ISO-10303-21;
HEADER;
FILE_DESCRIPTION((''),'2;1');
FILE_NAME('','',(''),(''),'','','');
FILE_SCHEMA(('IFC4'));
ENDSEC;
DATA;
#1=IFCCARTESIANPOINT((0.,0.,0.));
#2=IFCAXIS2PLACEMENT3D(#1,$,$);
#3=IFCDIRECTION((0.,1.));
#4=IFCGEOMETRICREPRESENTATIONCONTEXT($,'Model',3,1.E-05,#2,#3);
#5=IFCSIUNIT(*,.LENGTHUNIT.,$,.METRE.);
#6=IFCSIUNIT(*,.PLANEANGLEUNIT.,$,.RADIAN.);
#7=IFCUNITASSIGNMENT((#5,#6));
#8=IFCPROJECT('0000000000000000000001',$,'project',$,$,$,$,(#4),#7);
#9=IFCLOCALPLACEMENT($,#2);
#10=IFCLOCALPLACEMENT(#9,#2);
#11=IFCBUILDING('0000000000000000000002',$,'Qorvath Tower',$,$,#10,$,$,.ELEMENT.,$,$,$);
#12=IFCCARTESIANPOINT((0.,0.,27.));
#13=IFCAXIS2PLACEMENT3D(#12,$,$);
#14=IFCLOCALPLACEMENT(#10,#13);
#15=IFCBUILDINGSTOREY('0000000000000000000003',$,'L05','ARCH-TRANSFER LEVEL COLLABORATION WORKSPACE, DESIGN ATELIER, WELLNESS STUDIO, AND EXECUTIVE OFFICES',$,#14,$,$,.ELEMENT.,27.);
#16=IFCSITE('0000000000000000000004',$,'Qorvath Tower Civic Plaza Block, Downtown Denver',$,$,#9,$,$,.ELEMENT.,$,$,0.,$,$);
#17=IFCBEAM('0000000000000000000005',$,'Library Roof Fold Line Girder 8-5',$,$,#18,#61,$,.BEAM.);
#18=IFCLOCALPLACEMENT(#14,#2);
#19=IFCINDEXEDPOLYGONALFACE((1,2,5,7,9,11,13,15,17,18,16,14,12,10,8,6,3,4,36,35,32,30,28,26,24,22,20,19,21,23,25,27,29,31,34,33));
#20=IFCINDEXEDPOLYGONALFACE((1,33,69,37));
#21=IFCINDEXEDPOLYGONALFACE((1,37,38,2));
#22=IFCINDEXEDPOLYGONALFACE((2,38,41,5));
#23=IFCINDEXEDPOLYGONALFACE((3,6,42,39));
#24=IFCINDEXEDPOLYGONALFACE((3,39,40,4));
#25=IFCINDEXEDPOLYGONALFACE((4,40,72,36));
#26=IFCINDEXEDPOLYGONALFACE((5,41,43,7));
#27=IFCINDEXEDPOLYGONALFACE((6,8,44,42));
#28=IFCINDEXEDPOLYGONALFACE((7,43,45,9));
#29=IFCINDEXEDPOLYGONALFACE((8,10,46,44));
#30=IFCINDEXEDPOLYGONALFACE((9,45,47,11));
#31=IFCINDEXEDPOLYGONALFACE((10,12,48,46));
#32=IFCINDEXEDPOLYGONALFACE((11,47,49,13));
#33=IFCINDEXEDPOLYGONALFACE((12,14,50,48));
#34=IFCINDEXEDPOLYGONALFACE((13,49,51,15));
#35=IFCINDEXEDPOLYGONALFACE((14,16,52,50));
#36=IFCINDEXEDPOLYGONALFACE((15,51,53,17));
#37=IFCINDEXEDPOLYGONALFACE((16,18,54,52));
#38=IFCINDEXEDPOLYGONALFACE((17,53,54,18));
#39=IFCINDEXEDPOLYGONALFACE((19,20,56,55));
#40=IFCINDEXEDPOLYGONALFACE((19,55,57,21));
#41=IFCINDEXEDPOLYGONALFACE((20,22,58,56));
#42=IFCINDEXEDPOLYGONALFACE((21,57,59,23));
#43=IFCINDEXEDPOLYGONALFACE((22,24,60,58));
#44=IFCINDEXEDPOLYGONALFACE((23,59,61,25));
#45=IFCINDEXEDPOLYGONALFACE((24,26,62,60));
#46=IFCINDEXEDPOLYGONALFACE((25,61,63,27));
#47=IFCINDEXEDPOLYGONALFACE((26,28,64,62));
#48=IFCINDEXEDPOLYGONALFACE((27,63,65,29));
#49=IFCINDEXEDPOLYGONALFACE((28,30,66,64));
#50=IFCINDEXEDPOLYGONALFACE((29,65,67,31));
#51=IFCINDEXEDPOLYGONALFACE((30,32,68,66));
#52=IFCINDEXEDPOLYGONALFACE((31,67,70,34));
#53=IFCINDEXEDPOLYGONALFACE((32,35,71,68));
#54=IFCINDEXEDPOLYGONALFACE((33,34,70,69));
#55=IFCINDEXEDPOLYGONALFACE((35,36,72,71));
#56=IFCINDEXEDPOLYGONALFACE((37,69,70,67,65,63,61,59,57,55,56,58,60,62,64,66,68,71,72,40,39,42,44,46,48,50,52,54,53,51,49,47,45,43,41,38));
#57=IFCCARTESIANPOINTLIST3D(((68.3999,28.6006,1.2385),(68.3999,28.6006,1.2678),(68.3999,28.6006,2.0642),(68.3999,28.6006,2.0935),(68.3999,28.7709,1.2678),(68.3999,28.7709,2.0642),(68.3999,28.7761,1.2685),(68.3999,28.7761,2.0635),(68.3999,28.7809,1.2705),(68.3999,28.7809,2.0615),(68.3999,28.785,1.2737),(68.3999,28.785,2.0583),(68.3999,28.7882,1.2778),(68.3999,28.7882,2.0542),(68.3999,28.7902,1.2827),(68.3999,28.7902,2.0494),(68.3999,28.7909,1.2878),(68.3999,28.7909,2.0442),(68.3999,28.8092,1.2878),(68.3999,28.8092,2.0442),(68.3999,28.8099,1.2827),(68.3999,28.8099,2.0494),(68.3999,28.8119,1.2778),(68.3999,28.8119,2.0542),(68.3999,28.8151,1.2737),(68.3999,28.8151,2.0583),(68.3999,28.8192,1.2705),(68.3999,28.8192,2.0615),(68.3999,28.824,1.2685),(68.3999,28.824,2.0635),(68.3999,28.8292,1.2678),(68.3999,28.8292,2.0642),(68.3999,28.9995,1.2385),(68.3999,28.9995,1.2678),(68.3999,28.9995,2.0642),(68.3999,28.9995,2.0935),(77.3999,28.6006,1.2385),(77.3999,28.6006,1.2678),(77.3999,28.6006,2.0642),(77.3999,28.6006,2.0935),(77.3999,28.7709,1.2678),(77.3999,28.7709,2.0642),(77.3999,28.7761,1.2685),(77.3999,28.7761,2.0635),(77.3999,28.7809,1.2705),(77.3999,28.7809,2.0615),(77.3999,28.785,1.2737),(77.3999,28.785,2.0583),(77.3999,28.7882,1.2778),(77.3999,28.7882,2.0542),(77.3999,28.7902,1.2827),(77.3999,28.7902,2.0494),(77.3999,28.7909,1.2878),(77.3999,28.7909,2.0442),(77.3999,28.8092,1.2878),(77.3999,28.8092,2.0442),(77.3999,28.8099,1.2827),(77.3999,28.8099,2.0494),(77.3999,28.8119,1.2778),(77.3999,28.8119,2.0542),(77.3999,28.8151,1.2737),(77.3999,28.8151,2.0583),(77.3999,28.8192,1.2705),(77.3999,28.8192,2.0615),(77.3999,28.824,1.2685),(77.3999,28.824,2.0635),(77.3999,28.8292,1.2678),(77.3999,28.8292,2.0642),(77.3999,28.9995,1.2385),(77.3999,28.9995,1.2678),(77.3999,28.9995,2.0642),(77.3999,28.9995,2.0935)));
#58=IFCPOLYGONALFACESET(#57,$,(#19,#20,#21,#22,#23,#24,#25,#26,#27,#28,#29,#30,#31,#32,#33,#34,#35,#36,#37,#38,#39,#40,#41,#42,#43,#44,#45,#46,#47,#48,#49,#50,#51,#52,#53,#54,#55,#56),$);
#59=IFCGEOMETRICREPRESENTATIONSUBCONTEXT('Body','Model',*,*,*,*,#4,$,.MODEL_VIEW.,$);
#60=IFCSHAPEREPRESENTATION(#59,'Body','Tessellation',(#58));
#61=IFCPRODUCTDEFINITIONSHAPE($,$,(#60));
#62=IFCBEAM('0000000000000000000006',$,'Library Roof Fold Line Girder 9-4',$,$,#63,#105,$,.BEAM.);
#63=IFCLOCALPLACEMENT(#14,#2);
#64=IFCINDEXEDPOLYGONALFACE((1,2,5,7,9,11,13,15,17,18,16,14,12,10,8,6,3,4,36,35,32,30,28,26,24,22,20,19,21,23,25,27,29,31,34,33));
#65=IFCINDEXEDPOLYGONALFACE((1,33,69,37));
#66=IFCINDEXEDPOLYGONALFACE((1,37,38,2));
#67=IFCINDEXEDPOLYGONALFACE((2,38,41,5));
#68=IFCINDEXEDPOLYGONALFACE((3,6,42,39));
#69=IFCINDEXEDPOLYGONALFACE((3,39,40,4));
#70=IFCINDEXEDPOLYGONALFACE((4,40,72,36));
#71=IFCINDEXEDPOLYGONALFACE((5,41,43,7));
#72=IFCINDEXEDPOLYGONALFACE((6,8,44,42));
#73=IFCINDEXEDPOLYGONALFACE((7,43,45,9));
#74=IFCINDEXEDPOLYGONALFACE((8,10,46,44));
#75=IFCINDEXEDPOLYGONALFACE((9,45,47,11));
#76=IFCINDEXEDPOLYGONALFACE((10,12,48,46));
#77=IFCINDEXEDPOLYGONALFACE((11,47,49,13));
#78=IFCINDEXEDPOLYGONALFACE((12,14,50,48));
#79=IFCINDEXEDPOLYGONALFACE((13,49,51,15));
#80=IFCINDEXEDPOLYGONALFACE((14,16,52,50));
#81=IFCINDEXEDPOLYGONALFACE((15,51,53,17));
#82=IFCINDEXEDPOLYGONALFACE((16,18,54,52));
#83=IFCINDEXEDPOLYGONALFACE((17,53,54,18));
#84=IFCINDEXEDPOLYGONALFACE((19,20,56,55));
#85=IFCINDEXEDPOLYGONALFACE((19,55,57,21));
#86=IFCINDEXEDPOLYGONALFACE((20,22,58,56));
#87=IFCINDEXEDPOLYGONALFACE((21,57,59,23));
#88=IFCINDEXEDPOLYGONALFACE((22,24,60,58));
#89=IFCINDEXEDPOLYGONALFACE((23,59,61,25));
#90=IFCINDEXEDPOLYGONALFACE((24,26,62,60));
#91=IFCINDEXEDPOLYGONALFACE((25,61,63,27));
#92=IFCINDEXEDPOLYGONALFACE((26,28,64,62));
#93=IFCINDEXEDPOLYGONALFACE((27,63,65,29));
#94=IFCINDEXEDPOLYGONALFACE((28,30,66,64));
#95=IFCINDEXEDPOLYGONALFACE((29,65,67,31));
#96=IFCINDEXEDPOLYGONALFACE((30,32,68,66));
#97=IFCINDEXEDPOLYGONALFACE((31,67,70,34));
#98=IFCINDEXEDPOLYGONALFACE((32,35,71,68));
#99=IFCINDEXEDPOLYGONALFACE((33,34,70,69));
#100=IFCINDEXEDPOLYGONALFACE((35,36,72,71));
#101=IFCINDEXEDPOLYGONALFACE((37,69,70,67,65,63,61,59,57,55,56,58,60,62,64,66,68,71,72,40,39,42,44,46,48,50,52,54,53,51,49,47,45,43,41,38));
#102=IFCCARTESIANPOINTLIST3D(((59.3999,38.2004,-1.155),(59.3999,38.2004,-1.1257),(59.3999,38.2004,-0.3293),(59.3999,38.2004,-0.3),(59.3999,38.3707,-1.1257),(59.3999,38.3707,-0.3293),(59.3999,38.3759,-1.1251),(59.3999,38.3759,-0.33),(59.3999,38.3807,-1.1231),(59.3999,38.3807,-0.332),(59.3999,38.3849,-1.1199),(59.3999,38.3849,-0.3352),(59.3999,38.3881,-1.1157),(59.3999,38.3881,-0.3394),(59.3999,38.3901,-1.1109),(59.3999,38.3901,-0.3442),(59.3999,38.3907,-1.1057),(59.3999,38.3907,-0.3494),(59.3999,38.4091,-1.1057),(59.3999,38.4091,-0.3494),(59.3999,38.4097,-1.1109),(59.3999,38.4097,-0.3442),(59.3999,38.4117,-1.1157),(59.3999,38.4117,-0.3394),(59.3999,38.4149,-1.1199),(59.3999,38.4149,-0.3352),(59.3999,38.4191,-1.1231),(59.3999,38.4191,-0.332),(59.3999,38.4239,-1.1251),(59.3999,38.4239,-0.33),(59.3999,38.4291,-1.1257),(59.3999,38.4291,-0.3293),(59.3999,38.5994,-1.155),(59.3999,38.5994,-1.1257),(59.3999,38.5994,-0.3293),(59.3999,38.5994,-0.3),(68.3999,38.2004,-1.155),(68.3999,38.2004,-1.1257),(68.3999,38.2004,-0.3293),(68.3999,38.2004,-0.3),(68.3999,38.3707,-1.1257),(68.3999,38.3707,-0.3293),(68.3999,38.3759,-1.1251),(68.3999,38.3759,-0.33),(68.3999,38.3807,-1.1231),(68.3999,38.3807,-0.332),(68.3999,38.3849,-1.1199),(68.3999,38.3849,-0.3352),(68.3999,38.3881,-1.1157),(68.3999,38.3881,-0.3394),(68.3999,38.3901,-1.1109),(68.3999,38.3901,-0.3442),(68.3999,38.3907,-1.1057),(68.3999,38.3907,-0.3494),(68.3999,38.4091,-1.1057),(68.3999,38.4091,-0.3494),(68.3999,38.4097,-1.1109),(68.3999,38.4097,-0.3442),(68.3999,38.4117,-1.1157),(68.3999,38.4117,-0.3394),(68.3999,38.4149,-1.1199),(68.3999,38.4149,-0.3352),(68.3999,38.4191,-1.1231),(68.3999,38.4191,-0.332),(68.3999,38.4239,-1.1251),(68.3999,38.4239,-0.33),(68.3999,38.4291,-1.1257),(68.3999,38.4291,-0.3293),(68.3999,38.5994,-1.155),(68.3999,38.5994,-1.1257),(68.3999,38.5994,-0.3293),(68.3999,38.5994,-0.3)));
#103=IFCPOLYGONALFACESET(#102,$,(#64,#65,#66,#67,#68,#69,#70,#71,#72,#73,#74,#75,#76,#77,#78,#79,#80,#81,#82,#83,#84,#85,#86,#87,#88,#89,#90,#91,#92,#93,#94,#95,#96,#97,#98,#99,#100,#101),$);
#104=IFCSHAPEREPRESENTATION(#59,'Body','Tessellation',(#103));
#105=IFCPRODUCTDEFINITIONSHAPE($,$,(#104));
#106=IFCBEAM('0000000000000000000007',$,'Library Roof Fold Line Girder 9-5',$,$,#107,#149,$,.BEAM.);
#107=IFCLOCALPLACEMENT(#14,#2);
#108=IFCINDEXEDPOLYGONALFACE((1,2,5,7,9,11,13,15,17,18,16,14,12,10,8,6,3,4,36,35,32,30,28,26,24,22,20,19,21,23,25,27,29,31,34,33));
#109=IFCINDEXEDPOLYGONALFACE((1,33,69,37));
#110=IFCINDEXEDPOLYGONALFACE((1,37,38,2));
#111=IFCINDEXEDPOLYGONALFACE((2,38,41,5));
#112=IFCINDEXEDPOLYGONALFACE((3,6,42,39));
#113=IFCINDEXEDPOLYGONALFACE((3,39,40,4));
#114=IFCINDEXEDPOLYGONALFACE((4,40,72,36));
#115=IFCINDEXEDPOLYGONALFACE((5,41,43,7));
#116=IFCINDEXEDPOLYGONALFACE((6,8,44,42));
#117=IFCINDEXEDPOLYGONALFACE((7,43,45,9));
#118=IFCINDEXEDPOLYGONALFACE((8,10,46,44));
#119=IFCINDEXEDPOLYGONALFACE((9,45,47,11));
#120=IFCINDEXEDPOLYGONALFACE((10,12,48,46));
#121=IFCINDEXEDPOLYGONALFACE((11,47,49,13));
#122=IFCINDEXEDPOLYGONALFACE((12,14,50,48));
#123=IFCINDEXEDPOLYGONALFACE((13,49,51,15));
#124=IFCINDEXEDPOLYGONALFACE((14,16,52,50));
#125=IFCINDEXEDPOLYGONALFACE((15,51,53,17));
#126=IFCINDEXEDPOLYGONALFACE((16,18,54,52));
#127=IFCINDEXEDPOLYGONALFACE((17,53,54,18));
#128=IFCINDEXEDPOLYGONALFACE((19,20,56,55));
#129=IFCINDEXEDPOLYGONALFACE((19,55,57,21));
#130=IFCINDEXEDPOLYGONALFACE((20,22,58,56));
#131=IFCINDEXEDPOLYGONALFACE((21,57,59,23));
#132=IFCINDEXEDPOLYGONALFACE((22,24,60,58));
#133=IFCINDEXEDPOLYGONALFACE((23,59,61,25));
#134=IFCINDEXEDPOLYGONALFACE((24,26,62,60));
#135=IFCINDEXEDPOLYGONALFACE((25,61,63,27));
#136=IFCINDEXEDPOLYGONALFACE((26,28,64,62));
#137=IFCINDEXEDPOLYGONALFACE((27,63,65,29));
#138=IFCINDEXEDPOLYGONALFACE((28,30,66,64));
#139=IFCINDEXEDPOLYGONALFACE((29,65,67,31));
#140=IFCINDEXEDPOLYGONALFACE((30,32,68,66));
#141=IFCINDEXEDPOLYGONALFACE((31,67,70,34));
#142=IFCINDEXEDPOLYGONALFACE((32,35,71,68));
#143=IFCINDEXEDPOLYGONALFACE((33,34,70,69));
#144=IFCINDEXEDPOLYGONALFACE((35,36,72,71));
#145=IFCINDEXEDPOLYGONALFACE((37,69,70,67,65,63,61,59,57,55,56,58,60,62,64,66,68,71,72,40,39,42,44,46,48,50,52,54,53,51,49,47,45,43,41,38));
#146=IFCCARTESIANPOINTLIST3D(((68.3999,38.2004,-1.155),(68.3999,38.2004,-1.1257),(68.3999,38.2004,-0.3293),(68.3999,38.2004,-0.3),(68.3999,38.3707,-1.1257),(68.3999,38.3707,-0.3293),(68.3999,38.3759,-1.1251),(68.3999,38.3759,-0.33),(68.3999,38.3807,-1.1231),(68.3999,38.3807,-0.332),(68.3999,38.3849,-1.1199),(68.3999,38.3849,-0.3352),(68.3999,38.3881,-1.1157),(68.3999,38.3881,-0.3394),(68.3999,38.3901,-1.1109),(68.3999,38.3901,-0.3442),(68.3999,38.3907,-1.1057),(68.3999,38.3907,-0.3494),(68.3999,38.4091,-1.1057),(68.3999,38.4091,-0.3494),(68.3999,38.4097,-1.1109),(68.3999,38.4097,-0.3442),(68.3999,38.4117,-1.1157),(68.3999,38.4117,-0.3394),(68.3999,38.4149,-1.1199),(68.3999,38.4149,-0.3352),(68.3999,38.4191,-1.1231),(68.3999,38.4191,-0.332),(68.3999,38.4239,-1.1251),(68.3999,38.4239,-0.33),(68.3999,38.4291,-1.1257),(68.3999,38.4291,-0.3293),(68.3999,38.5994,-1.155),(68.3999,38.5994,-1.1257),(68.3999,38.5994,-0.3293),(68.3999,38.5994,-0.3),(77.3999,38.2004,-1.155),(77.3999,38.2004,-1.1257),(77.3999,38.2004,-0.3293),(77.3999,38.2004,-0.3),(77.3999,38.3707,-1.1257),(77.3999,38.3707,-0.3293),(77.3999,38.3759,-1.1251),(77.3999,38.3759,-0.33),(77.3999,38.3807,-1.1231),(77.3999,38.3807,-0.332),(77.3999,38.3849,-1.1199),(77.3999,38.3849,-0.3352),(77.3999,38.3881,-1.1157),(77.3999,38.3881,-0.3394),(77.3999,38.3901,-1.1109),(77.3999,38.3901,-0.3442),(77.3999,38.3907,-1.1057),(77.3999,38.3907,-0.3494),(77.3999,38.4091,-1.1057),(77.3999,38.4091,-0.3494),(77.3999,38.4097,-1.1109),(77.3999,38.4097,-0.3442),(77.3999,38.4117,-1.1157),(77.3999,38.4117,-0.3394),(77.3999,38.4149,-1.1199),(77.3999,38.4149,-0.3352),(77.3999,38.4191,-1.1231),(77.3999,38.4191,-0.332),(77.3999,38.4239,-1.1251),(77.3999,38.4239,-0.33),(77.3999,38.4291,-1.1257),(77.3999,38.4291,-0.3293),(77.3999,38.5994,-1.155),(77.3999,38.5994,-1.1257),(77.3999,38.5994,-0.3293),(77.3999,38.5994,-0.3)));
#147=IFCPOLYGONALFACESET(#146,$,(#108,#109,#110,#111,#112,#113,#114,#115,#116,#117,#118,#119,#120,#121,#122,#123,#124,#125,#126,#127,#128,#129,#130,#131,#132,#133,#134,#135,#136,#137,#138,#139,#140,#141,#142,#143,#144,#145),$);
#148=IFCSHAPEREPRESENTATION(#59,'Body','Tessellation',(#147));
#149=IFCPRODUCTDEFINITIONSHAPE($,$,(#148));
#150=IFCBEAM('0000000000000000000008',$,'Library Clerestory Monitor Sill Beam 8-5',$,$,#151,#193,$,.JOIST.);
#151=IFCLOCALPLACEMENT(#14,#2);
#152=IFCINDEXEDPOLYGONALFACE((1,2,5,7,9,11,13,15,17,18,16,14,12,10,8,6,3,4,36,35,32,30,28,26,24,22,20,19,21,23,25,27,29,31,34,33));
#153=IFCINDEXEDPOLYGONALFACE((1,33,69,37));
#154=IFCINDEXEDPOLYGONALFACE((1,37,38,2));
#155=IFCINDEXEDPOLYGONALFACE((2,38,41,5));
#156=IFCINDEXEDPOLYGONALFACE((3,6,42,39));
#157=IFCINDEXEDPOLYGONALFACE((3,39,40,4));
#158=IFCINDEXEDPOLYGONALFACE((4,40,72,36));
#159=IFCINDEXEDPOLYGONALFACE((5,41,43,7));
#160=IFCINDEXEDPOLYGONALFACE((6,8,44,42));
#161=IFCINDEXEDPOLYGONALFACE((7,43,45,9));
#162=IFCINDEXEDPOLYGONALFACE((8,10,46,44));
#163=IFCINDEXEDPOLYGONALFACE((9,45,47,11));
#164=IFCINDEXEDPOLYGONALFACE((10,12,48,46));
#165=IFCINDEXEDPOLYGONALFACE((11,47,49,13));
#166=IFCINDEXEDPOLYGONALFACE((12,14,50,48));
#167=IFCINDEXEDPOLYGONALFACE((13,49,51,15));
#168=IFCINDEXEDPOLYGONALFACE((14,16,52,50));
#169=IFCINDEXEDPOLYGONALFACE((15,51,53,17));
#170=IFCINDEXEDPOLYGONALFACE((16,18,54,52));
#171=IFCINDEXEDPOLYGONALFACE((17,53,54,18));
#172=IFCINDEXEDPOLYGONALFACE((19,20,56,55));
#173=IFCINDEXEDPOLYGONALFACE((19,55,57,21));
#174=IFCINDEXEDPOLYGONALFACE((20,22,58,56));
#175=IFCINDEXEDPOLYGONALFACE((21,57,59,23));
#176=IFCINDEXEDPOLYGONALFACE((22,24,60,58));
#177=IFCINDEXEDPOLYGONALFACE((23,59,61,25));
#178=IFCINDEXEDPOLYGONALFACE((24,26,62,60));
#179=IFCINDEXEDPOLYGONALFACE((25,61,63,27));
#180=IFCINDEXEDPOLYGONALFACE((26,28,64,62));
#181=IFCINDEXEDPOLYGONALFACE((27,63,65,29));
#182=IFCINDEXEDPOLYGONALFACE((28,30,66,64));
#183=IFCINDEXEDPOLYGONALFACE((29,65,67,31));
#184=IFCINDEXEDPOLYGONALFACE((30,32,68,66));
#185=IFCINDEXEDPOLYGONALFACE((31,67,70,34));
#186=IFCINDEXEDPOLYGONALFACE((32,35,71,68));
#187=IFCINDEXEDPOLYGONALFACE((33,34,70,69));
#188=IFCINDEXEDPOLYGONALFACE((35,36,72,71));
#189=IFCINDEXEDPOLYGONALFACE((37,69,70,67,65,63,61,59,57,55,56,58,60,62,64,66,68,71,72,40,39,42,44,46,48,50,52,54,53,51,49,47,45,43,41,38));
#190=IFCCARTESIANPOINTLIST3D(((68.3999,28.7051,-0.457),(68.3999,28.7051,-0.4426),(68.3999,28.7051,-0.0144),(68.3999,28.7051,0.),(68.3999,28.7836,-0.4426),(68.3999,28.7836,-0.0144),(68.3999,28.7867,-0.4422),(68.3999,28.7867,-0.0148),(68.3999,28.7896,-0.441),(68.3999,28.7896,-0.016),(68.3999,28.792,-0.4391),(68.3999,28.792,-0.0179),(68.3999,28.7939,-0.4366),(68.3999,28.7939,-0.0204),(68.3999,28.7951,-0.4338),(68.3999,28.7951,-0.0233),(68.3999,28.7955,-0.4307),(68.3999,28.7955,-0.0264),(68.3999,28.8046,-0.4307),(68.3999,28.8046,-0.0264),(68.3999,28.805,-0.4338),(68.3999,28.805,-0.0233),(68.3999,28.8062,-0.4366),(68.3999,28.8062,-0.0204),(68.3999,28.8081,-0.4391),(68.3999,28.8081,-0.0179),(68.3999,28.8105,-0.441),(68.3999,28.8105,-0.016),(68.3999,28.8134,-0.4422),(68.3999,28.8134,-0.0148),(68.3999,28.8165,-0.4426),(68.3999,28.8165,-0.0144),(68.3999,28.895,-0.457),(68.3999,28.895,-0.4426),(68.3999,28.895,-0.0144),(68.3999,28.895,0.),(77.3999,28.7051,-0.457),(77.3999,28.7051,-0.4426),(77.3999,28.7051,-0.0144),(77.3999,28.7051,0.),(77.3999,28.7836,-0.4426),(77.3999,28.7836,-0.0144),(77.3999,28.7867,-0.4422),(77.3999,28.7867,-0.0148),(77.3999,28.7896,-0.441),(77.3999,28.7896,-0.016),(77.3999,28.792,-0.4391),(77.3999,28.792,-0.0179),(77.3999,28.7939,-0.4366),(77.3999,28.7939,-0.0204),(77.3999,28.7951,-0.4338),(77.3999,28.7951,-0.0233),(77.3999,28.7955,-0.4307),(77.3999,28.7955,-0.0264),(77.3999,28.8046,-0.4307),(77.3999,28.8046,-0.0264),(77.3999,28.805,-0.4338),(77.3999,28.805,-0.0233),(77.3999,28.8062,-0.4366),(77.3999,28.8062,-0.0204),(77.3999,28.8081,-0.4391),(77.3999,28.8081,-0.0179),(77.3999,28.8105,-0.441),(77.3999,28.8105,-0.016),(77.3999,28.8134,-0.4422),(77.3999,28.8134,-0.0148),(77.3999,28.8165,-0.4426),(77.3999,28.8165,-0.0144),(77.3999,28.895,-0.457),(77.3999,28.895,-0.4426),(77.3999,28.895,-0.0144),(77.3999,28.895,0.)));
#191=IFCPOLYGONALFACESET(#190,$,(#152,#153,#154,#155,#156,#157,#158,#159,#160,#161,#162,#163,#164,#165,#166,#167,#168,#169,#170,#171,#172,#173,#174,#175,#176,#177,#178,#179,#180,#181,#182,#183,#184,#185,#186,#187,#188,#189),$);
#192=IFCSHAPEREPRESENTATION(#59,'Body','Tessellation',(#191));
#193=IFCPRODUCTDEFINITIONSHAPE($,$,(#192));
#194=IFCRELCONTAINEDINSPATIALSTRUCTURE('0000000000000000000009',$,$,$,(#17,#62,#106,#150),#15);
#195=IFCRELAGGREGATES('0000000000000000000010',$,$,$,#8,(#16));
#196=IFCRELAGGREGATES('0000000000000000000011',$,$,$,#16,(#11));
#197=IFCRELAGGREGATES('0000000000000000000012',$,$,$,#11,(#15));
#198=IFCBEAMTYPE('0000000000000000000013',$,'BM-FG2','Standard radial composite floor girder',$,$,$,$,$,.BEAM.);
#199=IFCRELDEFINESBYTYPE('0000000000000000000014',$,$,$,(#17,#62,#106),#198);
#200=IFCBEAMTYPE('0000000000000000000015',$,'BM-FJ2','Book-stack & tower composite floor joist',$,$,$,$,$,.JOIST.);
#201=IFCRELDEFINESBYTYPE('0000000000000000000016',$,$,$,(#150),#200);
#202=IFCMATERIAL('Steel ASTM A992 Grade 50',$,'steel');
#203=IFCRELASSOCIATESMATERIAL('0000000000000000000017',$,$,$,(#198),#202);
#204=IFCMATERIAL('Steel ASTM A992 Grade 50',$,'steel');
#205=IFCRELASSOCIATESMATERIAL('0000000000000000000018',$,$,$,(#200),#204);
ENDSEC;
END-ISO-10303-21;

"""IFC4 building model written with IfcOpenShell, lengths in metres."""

from ifc_helpers import new_model, si_unit, direction, frame, origin, origin_2d, place, context, subcontext, project, spatial, i_section, extrude, material, material_profile, profile_set, type_object, element, save


model = new_model("IFC4")

# Units and contexts
model_context = context("Model", 3, precision=1e-05, world=origin(), true_north=direction((0.0, 1.0)))
body_context = subcontext(model_context, "Body", "Model", "MODEL_VIEW")
ifc_project = project(units=[si_unit("LENGTHUNIT", "METRE"), si_unit("PLANEANGLEUNIT", "RADIAN")], contexts=[model_context])

# Site, building, storey
site_placement = place(None, origin())
site = spatial("IfcSite", under=ifc_project, at=site_placement, Name="Qorvath Tower Civic Plaza Block, Downtown Denver", CompositionType="ELEMENT", RefElevation=0.0)
building_placement = place(site_placement, origin())
building = spatial("IfcBuilding", under=site, at=building_placement, Name="Qorvath Tower", CompositionType="ELEMENT")
storey_placement = place(building_placement, frame((0.0, 0.0, 27.0)))
storey = spatial("IfcBuildingStorey", under=building, at=storey_placement, Name="L05", Description="ARCH-TRANSFER LEVEL COLLABORATION WORKSPACE, DESIGN ATELIER, WELLNESS STUDIO, AND EXECUTIVE OFFICES", CompositionType="ELEMENT", Elevation=27.0)

# Beams
ifc_material_1 = material(Name="Steel ASTM A992 Grade 50", Category="steel")
ifc_material_profile_1 = material_profile(ifc_material_1, i_section(OverallWidth=0.3989, OverallDepth=0.855, WebThickness=0.0183, FlangeThickness=0.0293, FilletRadius=0.02, at=origin_2d()), Name="W33x201")
ifc_profile_set_1 = profile_set([ifc_material_profile_1], Name="Steel ASTM A992 Grade 50")
beam_type_1 = type_object("IfcBeamType", Name="BM-FG2", Description="Standard radial composite floor girder", PredefinedType="BEAM", material=ifc_profile_set_1)
for number, where, z_axis, x_axis, name in (
    (1, (68.3999, 28.8, 1.666), (1.0, 0.0, 0.0), (0.0, 1.0, 0.0), "Library Roof Fold Line Girder 8-5"),
    (2, (59.3999, 38.3999, -0.7275), (1.0, 0.0, 0.0), (0.0, 1.0, 0.0), "Library Roof Fold Line Girder 9-4"),
    (3, (68.3999, 38.3999, -0.7275), (1.0, 0.0, 0.0), (0.0, 1.0, 0.0), "Library Roof Fold Line Girder 9-5"),
):
    element("IfcBeam", number, at=place(storey_placement, frame(where, z_axis=z_axis, x_axis=x_axis)), inside=storey, type_object=beam_type_1, Name=name, PredefinedType="BEAM", context=body_context, shape_type="SweptSolid", body=[
        extrude(i_section(OverallWidth=0.3989, OverallDepth=0.855, WebThickness=0.0183, FlangeThickness=0.0293, FilletRadius=0.02, at=origin_2d()), origin(), (0.0, 0.0, 1.0), 9.0),
    ])
ifc_material_2 = material(Name="Steel ASTM A992 Grade 50", Category="steel")
ifc_material_profile_2 = material_profile(ifc_material_2, i_section(OverallWidth=0.1899, OverallDepth=0.457, WebThickness=0.009, FlangeThickness=0.0144, FilletRadius=0.012, at=origin_2d()), Name="W18x50")
ifc_profile_set_2 = profile_set([ifc_material_profile_2], Name="Steel ASTM A992 Grade 50")
beam_type_2 = type_object("IfcBeamType", Name="BM-FJ2", Description="Book-stack & tower composite floor joist", PredefinedType="JOIST", material=ifc_profile_set_2)
beam_placement = place(storey_placement, frame((68.3999, 28.8, -0.2285), z_axis=(1.0, 0.0, 0.0), x_axis=(0.0, 1.0, 0.0)))
element("IfcBeam", 4, at=beam_placement, inside=storey, type_object=beam_type_2, Name="Library Clerestory Monitor Sill Beam 8-5", PredefinedType="JOIST", context=body_context, shape_type="SweptSolid", body=[
    extrude(i_section(OverallWidth=0.1899, OverallDepth=0.457, WebThickness=0.009, FlangeThickness=0.0144, FilletRadius=0.012, at=origin_2d()), origin(), (0.0, 0.0, 1.0), 9.0),
])

save(model, "model.ifc")
